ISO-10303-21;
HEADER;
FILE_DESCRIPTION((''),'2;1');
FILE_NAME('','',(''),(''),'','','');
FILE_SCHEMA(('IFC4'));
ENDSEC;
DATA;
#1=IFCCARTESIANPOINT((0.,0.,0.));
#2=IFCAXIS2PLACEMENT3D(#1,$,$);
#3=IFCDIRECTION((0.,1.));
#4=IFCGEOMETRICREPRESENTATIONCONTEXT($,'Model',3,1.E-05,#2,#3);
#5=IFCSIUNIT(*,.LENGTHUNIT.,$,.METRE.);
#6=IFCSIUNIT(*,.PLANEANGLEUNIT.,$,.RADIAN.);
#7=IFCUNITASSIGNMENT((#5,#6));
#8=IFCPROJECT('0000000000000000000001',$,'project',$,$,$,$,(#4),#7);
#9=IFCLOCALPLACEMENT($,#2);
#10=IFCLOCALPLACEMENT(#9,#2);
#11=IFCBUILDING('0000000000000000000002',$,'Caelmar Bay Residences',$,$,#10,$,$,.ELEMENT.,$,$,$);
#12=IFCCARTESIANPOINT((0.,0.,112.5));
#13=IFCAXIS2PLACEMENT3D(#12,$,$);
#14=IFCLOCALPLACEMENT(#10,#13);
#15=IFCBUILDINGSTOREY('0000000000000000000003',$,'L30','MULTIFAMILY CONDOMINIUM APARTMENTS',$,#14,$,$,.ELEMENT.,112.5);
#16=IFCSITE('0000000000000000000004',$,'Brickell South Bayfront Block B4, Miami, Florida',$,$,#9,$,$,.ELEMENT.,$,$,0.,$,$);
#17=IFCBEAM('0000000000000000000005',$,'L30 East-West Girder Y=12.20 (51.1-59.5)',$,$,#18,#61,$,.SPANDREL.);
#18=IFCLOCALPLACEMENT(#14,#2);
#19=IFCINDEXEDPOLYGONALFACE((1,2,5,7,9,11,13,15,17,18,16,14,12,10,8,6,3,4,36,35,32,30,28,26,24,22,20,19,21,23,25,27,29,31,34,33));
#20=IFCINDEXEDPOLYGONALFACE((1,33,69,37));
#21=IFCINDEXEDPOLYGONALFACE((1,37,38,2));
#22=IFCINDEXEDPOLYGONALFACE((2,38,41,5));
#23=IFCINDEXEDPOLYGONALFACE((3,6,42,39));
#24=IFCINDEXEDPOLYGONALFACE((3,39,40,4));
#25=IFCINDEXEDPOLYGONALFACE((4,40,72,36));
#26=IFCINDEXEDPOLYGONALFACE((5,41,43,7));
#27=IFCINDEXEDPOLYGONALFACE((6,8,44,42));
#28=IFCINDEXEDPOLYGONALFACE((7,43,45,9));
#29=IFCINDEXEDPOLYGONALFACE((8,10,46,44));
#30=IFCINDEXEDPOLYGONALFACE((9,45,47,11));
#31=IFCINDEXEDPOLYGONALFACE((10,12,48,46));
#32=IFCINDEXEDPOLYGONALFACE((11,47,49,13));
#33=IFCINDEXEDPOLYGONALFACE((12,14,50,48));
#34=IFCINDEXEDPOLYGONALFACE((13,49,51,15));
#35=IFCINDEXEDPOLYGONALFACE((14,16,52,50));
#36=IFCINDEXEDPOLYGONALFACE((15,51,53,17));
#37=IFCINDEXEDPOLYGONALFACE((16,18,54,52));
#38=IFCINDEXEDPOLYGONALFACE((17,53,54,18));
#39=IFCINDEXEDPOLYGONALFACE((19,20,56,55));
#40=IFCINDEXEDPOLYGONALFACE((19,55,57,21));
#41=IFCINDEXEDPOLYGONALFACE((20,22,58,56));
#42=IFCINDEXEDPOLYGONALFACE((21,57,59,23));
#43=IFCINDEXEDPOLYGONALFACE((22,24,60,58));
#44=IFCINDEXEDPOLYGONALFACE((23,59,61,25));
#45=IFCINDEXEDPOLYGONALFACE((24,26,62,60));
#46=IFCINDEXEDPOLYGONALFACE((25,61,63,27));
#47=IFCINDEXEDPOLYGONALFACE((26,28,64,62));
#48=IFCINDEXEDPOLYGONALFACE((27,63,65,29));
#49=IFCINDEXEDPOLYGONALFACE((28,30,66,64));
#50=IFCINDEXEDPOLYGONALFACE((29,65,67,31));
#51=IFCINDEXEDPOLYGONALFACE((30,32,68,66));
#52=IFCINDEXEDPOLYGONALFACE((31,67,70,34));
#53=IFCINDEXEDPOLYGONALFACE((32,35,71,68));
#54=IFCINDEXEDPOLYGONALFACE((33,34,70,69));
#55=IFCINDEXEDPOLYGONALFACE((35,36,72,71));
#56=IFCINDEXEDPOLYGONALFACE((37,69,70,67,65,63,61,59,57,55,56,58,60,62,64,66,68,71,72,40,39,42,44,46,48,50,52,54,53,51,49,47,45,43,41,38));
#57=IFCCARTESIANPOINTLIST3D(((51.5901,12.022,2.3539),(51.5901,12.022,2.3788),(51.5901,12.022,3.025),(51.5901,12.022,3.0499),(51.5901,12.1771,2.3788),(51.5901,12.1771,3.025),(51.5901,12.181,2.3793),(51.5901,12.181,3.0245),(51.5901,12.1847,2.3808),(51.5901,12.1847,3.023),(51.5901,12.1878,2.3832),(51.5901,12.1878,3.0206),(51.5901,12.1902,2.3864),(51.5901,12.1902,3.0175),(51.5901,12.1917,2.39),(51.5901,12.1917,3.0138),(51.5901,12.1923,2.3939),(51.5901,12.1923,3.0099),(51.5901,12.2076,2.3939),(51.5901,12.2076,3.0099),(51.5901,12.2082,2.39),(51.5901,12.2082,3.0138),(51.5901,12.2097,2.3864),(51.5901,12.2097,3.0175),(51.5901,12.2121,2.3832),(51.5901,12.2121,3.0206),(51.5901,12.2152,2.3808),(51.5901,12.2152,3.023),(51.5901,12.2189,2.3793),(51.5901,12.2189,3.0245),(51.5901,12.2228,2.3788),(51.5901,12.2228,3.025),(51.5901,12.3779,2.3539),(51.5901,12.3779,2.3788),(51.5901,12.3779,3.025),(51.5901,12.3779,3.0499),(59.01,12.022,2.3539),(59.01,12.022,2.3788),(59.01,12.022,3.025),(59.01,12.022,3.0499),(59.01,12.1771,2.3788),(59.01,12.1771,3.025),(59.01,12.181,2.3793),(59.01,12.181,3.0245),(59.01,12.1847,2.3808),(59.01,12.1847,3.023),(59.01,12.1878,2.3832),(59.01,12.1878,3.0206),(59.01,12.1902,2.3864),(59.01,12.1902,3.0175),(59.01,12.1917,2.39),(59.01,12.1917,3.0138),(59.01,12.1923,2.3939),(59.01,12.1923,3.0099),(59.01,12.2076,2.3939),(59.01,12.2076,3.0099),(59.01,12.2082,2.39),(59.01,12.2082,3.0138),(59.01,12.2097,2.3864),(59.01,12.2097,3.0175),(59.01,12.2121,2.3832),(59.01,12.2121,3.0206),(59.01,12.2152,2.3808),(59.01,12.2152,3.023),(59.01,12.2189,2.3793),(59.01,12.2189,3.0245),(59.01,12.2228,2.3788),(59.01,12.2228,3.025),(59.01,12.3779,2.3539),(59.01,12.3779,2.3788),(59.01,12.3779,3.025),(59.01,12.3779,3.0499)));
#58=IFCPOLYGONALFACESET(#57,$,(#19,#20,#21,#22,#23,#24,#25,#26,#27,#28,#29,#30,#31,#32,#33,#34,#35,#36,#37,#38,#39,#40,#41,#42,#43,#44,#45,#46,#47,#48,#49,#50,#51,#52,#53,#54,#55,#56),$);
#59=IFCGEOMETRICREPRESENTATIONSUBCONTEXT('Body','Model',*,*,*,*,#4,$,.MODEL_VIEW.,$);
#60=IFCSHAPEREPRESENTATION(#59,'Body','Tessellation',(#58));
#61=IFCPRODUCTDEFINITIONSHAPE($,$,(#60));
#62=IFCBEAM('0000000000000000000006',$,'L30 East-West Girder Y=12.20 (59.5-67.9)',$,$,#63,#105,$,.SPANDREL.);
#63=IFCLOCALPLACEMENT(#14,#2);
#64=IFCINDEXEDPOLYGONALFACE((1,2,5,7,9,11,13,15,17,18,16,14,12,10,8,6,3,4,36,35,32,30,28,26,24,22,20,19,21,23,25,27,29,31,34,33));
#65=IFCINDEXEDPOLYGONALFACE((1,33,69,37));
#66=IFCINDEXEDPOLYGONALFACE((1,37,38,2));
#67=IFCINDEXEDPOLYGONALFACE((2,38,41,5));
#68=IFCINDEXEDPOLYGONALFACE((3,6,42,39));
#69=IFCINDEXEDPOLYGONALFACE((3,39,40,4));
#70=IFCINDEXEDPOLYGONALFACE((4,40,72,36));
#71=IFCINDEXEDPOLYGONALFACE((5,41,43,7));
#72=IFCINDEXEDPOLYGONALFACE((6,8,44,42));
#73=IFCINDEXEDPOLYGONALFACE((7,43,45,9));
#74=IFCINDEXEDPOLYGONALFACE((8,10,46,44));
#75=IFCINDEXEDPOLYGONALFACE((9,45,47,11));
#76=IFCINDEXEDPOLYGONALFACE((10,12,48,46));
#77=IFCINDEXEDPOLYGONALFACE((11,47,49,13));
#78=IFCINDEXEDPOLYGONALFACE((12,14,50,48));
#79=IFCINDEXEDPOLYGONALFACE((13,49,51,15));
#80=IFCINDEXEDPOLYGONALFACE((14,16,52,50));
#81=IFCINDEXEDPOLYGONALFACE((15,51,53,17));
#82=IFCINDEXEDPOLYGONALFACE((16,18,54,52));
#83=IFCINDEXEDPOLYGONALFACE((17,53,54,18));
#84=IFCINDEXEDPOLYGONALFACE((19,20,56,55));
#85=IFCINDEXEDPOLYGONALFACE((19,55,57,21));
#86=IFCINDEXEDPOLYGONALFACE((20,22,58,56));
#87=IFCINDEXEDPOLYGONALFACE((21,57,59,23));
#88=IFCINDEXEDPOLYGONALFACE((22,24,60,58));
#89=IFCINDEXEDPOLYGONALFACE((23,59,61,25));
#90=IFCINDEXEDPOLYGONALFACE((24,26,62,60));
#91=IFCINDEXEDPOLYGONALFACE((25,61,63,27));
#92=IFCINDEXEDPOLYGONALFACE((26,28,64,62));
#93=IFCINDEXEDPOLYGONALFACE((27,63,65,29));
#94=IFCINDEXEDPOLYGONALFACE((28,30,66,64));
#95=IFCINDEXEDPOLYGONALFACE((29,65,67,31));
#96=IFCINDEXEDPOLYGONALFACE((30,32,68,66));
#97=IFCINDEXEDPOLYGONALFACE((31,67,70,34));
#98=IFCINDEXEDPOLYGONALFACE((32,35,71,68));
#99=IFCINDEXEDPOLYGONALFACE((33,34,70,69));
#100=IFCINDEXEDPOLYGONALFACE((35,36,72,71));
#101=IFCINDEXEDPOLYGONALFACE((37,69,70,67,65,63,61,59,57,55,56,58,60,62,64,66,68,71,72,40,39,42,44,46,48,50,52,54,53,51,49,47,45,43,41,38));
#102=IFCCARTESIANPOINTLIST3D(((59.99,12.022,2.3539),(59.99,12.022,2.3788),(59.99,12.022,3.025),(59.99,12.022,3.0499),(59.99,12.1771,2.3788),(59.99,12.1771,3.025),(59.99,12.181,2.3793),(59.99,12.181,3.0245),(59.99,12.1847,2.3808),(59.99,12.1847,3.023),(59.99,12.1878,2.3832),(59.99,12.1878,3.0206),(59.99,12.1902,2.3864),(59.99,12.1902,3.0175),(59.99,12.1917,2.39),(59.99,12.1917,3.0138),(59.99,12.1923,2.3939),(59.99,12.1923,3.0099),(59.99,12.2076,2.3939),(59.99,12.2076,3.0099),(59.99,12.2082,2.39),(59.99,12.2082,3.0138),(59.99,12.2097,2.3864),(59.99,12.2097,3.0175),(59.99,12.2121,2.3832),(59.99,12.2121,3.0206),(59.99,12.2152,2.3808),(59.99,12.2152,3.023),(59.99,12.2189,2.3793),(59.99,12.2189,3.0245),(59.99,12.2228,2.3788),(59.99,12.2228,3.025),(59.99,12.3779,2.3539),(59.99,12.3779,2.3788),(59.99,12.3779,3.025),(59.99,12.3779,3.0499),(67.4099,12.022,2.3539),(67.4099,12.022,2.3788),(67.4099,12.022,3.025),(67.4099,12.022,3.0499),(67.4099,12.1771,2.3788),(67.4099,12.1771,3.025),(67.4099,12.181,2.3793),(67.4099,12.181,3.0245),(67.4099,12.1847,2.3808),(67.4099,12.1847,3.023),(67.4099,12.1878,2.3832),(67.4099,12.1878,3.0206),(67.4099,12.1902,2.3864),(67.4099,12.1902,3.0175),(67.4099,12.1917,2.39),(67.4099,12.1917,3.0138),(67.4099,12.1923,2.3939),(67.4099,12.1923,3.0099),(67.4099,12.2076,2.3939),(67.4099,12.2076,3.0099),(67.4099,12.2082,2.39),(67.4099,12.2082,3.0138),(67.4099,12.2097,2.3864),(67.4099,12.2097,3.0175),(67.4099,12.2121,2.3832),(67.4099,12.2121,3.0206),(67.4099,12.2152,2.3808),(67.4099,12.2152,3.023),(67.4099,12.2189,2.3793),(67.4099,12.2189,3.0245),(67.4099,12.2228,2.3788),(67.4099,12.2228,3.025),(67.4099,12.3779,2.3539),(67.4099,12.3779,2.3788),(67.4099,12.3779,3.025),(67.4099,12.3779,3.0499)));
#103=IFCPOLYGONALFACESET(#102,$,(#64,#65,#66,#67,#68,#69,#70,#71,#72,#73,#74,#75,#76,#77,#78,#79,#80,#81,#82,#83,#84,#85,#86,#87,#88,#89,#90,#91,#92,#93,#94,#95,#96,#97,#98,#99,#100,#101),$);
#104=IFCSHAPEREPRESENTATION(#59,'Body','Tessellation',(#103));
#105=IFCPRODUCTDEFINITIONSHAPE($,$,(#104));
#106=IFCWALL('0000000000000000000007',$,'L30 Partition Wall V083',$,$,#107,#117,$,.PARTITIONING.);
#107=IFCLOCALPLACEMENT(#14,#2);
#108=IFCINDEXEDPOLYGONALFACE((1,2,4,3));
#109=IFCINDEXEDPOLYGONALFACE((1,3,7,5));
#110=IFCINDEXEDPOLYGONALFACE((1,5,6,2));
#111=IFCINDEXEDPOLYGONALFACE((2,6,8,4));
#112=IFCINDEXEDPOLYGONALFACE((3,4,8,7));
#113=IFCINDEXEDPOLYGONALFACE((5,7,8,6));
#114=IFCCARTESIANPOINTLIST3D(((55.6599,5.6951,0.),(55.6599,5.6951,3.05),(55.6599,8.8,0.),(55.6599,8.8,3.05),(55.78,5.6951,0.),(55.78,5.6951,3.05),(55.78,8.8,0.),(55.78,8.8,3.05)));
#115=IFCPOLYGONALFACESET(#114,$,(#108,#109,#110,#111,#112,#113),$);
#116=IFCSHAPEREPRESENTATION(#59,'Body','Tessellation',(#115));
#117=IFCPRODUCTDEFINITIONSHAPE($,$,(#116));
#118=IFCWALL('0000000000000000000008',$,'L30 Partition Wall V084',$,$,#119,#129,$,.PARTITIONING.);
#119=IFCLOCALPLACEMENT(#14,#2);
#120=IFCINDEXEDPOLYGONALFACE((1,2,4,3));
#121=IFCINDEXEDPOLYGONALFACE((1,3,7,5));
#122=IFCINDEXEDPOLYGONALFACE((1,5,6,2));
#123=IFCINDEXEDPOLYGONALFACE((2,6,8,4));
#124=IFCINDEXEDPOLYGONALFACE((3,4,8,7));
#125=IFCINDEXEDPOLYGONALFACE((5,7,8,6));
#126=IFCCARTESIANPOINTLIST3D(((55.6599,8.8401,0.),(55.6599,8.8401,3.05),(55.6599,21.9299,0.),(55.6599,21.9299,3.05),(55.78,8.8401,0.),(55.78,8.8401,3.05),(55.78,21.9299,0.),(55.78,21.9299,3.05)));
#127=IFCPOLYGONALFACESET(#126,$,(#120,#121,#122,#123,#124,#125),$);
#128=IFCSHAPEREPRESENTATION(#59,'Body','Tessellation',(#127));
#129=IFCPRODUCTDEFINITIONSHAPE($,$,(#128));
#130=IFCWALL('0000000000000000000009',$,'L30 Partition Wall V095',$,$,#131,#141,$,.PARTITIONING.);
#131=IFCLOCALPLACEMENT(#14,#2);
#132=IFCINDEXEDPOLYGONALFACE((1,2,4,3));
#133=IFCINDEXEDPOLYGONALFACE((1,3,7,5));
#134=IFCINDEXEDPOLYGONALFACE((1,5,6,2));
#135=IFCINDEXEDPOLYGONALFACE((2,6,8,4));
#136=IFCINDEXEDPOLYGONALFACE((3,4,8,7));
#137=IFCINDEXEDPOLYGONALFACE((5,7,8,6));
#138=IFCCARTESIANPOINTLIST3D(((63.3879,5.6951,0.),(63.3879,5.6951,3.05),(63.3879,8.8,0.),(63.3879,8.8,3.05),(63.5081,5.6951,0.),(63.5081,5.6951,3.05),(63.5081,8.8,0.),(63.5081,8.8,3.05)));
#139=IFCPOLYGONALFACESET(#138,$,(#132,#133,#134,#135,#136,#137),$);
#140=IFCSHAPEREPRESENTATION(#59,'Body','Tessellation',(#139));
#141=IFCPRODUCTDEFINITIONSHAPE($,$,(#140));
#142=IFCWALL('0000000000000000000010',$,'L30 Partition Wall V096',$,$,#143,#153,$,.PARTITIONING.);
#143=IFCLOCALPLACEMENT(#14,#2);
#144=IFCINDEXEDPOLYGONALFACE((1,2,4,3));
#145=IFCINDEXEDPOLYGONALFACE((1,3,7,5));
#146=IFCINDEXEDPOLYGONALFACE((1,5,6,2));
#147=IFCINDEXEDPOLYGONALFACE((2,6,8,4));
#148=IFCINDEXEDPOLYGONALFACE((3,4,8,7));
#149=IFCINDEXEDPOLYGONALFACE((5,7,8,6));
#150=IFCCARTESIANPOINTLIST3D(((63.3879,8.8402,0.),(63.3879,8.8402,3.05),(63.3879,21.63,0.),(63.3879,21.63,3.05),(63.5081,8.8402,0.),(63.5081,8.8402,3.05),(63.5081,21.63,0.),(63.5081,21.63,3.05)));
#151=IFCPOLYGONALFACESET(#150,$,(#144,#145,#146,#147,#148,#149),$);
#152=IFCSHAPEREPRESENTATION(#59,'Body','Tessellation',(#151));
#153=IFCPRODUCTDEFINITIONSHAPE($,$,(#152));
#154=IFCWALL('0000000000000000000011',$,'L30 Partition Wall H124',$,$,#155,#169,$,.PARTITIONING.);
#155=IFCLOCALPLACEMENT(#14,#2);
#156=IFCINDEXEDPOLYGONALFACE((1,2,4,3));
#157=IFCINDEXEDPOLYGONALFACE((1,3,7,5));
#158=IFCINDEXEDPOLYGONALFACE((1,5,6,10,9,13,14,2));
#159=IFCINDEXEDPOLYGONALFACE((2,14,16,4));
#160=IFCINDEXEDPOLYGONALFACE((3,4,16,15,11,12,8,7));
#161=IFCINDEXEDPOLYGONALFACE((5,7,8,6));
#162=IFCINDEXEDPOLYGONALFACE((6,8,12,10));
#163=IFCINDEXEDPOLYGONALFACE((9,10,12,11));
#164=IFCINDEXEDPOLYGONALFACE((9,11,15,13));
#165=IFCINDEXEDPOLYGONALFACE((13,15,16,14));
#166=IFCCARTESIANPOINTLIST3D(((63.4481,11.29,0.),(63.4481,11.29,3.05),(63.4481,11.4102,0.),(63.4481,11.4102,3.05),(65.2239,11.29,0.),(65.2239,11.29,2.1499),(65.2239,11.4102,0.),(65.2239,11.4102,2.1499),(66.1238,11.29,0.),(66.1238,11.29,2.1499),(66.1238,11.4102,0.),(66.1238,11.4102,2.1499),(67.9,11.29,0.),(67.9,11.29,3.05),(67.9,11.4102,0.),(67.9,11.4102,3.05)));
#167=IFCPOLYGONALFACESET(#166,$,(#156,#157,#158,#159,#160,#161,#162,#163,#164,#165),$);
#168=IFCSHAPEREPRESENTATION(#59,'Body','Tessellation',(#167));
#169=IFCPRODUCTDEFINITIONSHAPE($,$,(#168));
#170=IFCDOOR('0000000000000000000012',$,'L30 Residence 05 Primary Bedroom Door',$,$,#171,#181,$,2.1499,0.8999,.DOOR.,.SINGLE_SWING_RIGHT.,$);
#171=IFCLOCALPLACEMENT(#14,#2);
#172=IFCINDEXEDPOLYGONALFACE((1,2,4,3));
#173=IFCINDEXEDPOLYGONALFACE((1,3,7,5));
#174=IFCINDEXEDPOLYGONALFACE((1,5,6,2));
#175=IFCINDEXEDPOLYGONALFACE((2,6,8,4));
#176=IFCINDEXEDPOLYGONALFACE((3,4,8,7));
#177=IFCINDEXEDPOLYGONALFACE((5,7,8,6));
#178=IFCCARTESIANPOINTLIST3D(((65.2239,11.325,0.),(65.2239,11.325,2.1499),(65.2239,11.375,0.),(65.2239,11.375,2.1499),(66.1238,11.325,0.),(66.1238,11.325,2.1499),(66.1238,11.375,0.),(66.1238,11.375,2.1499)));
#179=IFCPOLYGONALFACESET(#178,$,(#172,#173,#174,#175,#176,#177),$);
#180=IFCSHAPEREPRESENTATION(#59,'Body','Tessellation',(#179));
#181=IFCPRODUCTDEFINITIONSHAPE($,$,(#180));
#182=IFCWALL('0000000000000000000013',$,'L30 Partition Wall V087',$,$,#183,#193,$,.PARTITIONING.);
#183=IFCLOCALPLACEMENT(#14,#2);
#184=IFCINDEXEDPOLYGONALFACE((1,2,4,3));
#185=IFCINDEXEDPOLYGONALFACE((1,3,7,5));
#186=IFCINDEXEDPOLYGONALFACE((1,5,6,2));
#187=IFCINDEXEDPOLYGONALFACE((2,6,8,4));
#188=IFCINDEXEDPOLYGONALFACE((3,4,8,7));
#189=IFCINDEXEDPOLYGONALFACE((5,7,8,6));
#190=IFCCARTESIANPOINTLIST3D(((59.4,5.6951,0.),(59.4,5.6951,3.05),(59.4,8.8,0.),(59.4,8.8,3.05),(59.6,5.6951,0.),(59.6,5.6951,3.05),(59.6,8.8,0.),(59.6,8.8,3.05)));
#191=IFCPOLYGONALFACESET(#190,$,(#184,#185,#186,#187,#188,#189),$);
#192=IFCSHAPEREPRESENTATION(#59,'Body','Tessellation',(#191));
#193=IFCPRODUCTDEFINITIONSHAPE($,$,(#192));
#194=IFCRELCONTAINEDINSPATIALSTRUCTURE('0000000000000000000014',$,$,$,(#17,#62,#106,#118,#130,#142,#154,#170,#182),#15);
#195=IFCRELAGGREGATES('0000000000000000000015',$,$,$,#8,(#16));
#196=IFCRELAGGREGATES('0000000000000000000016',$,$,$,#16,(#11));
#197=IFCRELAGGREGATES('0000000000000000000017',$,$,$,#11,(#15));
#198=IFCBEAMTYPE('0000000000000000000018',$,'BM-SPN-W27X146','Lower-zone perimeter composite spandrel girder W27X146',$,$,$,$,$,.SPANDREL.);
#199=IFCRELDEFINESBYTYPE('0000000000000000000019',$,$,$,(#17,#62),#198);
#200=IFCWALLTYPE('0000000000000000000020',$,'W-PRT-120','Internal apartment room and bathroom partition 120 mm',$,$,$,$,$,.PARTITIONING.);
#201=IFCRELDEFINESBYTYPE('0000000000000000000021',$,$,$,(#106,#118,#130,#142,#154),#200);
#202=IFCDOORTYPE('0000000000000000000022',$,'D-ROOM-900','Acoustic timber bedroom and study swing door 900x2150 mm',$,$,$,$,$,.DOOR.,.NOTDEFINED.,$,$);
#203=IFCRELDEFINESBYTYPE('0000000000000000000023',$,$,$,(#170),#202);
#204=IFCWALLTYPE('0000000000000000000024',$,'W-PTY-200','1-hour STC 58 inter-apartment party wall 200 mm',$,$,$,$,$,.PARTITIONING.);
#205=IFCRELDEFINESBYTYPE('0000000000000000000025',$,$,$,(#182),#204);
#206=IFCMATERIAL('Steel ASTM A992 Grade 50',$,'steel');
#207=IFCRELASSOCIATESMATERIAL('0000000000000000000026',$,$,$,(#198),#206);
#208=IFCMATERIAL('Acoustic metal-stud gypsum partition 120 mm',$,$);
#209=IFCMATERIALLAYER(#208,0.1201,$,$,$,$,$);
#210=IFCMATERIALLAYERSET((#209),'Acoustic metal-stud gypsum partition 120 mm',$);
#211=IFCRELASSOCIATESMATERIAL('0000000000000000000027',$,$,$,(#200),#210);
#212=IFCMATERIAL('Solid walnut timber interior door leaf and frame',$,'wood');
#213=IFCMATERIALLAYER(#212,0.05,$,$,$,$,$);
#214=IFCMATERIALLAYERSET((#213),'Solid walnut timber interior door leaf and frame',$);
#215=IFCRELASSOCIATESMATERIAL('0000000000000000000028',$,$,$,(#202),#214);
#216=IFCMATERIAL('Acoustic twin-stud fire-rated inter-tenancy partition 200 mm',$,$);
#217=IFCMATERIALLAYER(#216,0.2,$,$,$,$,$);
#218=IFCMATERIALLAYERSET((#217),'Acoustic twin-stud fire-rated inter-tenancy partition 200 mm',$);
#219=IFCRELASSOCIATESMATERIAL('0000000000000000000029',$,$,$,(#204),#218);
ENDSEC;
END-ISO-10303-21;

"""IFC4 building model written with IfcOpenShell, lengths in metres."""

from ifc_helpers import new_model, si_unit, direction, frame, frame_2d, origin, origin_2d, place, context, subcontext, project, spatial, rectangle, i_section, extrude, material, layer, layer_set, material_profile, profile_set, type_object, element, fill, save


model = new_model("IFC4")

# Units and contexts
model_context = context("Model", 3, precision=1e-05, world=origin(), true_north=direction((0.0, 1.0)))
body_context = subcontext(model_context, "Body", "Model", "MODEL_VIEW")
ifc_project = project(units=[si_unit("LENGTHUNIT", "METRE"), si_unit("PLANEANGLEUNIT", "RADIAN")], contexts=[model_context])

# Site, building, storey
site_placement = place(None, origin())
site = spatial("IfcSite", under=ifc_project, at=site_placement, Name="Brickell South Bayfront Block B4, Miami, Florida", CompositionType="ELEMENT", RefElevation=0.0)
building_placement = place(site_placement, origin())
building = spatial("IfcBuilding", under=site, at=building_placement, Name="Caelmar Bay Residences", CompositionType="ELEMENT")
storey_placement = place(building_placement, frame((0.0, 0.0, 112.5)))
storey = spatial("IfcBuildingStorey", under=building, at=storey_placement, Name="L30", Description="MULTIFAMILY CONDOMINIUM APARTMENTS", CompositionType="ELEMENT", Elevation=112.5)

# Beams
ifc_material_1 = material(Name="Steel ASTM A992 Grade 50", Category="steel")
ifc_material_profile_1 = material_profile(ifc_material_1, i_section(OverallWidth=0.356, OverallDepth=0.696, WebThickness=0.0154, FlangeThickness=0.0249, FilletRadius=0.0151, at=origin_2d()), Name="W27X146")
ifc_profile_set_1 = profile_set([ifc_material_profile_1], Name="Steel ASTM A992 Grade 50")
beam_type_1 = type_object("IfcBeamType", Name="BM-SPN-W27X146", Description="Lower-zone perimeter composite spandrel girder W27X146", PredefinedType="SPANDREL", material=ifc_profile_set_1)
for number, where, z_axis, x_axis, name in (
    (1, (51.5901, 12.2, 2.7019), (1.0, 0.0, 0.0), (0.0, 1.0, 0.0), "L30 East-West Girder Y=12.20 (51.1-59.5)"),
    (2, (59.99, 12.2, 2.7019), (1.0, 0.0, 0.0), (0.0, 1.0, 0.0), "L30 East-West Girder Y=12.20 (59.5-67.9)"),
):
    element("IfcBeam", number, at=place(storey_placement, frame(where, z_axis=z_axis, x_axis=x_axis)), inside=storey, type_object=beam_type_1, Name=name, PredefinedType="SPANDREL", context=body_context, shape_type="SweptSolid", body=[
        extrude(i_section(OverallWidth=0.356, OverallDepth=0.696, WebThickness=0.0154, FlangeThickness=0.0249, FilletRadius=0.0151, at=origin_2d()), origin(), (0.0, 0.0, 1.0), 7.4199),
    ])

# Walls
ifc_material_2 = material(Name="Acoustic metal-stud gypsum partition 120 mm")
ifc_layer_1 = layer(ifc_material_2, 0.1201)
ifc_layer_set_1 = layer_set([ifc_layer_1], Name="Acoustic metal-stud gypsum partition 120 mm")
wall_type_1 = type_object("IfcWallType", Name="W-PRT-120", Description="Internal apartment room and bathroom partition 120 mm", PredefinedType="PARTITIONING", material=ifc_layer_set_1)
wall_1_placement = place(storey_placement, frame((55.72, 5.6951, 0.0), z_axis=(0.0, 0.0, 1.0), x_axis=(0.0, 1.0, 0.0)))
element("IfcWall", 3, at=wall_1_placement, inside=storey, type_object=wall_type_1, Name="L30 Partition Wall V083", PredefinedType="PARTITIONING", context=body_context, shape_type="SweptSolid", body=[
    extrude(rectangle(XDim=3.105, YDim=0.1201, at=frame_2d((1.5525, 0.0))), origin(), (0.0, 0.0, 1.0), 3.05),
])
wall_2_placement = place(storey_placement, frame((55.72, 8.8401, 0.0), z_axis=(0.0, 0.0, 1.0), x_axis=(0.0, 1.0, 0.0)))
element("IfcWall", 4, at=wall_2_placement, inside=storey, type_object=wall_type_1, Name="L30 Partition Wall V084", PredefinedType="PARTITIONING", context=body_context, shape_type="SweptSolid", body=[
    extrude(rectangle(XDim=13.0898, YDim=0.1201, at=frame_2d((6.5449, 0.0))), origin(), (0.0, 0.0, 1.0), 3.05),
])
wall_3_placement = place(storey_placement, frame((63.448, 5.6951, 0.0), z_axis=(0.0, 0.0, 1.0), x_axis=(0.0, 1.0, 0.0)))
element("IfcWall", 5, at=wall_3_placement, inside=storey, type_object=wall_type_1, Name="L30 Partition Wall V095", PredefinedType="PARTITIONING", context=body_context, shape_type="SweptSolid", body=[
    extrude(rectangle(XDim=3.105, YDim=0.1201, at=frame_2d((1.5525, 0.0))), origin(), (0.0, 0.0, 1.0), 3.05),
])
wall_4_placement = place(storey_placement, frame((63.448, 8.8401, 0.0), z_axis=(0.0, 0.0, 1.0), x_axis=(0.0, 1.0, 0.0)))
element("IfcWall", 6, at=wall_4_placement, inside=storey, type_object=wall_type_1, Name="L30 Partition Wall V096", PredefinedType="PARTITIONING", context=body_context, shape_type="SweptSolid", body=[
    extrude(rectangle(XDim=12.7898, YDim=0.1201, at=frame_2d((6.395, 0.0))), origin(), (0.0, 0.0, 1.0), 3.05),
])

# Wall, opening, door
ifc_material_3 = material(Name="Solid walnut timber interior door leaf and frame", Category="wood")
ifc_layer_2 = layer(ifc_material_3, 0.05)
ifc_layer_set_2 = layer_set([ifc_layer_2], Name="Solid walnut timber interior door leaf and frame")
door_type = type_object("IfcDoorType", Name="D-ROOM-900", Description="Acoustic timber bedroom and study swing door 900x2150 mm", OperationType="NOTDEFINED", PredefinedType="DOOR", material=ifc_layer_set_2)
wall_5_placement = place(storey_placement, frame((63.448, 11.3501, 0.0), z_axis=(0.0, 0.0, 1.0), x_axis=(1.0, 0.0, 0.0)))
wall_5 = element("IfcWall", 7, at=wall_5_placement, inside=storey, type_object=wall_type_1, Name="L30 Partition Wall H124", PredefinedType="PARTITIONING", context=body_context, shape_type="SweptSolid", body=[
    extrude(rectangle(XDim=4.4519, YDim=0.1201, at=frame_2d((2.2261, 0.0))), origin(), (0.0, 0.0, 1.0), 3.05),
])
opening_1_placement = place(wall_5_placement, frame((1.7759, 0.0, 0.0)))
opening_1 = element("IfcOpeningElement", 8, at=opening_1_placement, cuts=wall_5, PredefinedType="OPENING", context=body_context, shape_type="SweptSolid", body=[
    extrude(rectangle(XDim=0.8999, YDim=2.1499, at=frame_2d((0.45, 1.075))), frame((0.0, 0.0701, 0.0), z_axis=(0.0, -1.0, 0.0), x_axis=(1.0, 0.0, 0.0)), (0.0, 0.0, 1.0), 0.1401),
])
door_1_placement = place(opening_1_placement, origin())
door_1 = element("IfcDoor", 9, at=door_1_placement, inside=storey, type_object=door_type, Name="L30 Residence 05 Primary Bedroom Door", OperationType="SINGLE_SWING_RIGHT", OverallHeight=2.1499, OverallWidth=0.8999, PredefinedType="DOOR", context=body_context, shape_type="SweptSolid", body=[
    extrude(rectangle(XDim=0.8999, YDim=2.1499, at=frame_2d((0.45, 1.075))), frame((0.0, 0.0249, 0.0), z_axis=(0.0, -1.0, 0.0), x_axis=(1.0, 0.0, 0.0)), (0.0, 0.0, 1.0), 0.05),
])
fill(opening_1, door_1)

# Wall
ifc_material_4 = material(Name="Acoustic twin-stud fire-rated inter-tenancy partition 200 mm")
ifc_layer_3 = layer(ifc_material_4, 0.2)
ifc_layer_set_3 = layer_set([ifc_layer_3], Name="Acoustic twin-stud fire-rated inter-tenancy partition 200 mm")
wall_type_2 = type_object("IfcWallType", Name="W-PTY-200", Description="1-hour STC 58 inter-apartment party wall 200 mm", PredefinedType="PARTITIONING", material=ifc_layer_set_3)
wall_6_placement = place(storey_placement, frame((59.5, 5.6951, 0.0), z_axis=(0.0, 0.0, 1.0), x_axis=(0.0, 1.0, 0.0)))
element("IfcWall", 10, at=wall_6_placement, inside=storey, type_object=wall_type_2, Name="L30 Partition Wall V087", PredefinedType="PARTITIONING", context=body_context, shape_type="SweptSolid", body=[
    extrude(rectangle(XDim=3.105, YDim=0.2, at=frame_2d((1.5525, 0.0))), origin(), (0.0, 0.0, 1.0), 3.05),
])

save(model, "model.ifc")
